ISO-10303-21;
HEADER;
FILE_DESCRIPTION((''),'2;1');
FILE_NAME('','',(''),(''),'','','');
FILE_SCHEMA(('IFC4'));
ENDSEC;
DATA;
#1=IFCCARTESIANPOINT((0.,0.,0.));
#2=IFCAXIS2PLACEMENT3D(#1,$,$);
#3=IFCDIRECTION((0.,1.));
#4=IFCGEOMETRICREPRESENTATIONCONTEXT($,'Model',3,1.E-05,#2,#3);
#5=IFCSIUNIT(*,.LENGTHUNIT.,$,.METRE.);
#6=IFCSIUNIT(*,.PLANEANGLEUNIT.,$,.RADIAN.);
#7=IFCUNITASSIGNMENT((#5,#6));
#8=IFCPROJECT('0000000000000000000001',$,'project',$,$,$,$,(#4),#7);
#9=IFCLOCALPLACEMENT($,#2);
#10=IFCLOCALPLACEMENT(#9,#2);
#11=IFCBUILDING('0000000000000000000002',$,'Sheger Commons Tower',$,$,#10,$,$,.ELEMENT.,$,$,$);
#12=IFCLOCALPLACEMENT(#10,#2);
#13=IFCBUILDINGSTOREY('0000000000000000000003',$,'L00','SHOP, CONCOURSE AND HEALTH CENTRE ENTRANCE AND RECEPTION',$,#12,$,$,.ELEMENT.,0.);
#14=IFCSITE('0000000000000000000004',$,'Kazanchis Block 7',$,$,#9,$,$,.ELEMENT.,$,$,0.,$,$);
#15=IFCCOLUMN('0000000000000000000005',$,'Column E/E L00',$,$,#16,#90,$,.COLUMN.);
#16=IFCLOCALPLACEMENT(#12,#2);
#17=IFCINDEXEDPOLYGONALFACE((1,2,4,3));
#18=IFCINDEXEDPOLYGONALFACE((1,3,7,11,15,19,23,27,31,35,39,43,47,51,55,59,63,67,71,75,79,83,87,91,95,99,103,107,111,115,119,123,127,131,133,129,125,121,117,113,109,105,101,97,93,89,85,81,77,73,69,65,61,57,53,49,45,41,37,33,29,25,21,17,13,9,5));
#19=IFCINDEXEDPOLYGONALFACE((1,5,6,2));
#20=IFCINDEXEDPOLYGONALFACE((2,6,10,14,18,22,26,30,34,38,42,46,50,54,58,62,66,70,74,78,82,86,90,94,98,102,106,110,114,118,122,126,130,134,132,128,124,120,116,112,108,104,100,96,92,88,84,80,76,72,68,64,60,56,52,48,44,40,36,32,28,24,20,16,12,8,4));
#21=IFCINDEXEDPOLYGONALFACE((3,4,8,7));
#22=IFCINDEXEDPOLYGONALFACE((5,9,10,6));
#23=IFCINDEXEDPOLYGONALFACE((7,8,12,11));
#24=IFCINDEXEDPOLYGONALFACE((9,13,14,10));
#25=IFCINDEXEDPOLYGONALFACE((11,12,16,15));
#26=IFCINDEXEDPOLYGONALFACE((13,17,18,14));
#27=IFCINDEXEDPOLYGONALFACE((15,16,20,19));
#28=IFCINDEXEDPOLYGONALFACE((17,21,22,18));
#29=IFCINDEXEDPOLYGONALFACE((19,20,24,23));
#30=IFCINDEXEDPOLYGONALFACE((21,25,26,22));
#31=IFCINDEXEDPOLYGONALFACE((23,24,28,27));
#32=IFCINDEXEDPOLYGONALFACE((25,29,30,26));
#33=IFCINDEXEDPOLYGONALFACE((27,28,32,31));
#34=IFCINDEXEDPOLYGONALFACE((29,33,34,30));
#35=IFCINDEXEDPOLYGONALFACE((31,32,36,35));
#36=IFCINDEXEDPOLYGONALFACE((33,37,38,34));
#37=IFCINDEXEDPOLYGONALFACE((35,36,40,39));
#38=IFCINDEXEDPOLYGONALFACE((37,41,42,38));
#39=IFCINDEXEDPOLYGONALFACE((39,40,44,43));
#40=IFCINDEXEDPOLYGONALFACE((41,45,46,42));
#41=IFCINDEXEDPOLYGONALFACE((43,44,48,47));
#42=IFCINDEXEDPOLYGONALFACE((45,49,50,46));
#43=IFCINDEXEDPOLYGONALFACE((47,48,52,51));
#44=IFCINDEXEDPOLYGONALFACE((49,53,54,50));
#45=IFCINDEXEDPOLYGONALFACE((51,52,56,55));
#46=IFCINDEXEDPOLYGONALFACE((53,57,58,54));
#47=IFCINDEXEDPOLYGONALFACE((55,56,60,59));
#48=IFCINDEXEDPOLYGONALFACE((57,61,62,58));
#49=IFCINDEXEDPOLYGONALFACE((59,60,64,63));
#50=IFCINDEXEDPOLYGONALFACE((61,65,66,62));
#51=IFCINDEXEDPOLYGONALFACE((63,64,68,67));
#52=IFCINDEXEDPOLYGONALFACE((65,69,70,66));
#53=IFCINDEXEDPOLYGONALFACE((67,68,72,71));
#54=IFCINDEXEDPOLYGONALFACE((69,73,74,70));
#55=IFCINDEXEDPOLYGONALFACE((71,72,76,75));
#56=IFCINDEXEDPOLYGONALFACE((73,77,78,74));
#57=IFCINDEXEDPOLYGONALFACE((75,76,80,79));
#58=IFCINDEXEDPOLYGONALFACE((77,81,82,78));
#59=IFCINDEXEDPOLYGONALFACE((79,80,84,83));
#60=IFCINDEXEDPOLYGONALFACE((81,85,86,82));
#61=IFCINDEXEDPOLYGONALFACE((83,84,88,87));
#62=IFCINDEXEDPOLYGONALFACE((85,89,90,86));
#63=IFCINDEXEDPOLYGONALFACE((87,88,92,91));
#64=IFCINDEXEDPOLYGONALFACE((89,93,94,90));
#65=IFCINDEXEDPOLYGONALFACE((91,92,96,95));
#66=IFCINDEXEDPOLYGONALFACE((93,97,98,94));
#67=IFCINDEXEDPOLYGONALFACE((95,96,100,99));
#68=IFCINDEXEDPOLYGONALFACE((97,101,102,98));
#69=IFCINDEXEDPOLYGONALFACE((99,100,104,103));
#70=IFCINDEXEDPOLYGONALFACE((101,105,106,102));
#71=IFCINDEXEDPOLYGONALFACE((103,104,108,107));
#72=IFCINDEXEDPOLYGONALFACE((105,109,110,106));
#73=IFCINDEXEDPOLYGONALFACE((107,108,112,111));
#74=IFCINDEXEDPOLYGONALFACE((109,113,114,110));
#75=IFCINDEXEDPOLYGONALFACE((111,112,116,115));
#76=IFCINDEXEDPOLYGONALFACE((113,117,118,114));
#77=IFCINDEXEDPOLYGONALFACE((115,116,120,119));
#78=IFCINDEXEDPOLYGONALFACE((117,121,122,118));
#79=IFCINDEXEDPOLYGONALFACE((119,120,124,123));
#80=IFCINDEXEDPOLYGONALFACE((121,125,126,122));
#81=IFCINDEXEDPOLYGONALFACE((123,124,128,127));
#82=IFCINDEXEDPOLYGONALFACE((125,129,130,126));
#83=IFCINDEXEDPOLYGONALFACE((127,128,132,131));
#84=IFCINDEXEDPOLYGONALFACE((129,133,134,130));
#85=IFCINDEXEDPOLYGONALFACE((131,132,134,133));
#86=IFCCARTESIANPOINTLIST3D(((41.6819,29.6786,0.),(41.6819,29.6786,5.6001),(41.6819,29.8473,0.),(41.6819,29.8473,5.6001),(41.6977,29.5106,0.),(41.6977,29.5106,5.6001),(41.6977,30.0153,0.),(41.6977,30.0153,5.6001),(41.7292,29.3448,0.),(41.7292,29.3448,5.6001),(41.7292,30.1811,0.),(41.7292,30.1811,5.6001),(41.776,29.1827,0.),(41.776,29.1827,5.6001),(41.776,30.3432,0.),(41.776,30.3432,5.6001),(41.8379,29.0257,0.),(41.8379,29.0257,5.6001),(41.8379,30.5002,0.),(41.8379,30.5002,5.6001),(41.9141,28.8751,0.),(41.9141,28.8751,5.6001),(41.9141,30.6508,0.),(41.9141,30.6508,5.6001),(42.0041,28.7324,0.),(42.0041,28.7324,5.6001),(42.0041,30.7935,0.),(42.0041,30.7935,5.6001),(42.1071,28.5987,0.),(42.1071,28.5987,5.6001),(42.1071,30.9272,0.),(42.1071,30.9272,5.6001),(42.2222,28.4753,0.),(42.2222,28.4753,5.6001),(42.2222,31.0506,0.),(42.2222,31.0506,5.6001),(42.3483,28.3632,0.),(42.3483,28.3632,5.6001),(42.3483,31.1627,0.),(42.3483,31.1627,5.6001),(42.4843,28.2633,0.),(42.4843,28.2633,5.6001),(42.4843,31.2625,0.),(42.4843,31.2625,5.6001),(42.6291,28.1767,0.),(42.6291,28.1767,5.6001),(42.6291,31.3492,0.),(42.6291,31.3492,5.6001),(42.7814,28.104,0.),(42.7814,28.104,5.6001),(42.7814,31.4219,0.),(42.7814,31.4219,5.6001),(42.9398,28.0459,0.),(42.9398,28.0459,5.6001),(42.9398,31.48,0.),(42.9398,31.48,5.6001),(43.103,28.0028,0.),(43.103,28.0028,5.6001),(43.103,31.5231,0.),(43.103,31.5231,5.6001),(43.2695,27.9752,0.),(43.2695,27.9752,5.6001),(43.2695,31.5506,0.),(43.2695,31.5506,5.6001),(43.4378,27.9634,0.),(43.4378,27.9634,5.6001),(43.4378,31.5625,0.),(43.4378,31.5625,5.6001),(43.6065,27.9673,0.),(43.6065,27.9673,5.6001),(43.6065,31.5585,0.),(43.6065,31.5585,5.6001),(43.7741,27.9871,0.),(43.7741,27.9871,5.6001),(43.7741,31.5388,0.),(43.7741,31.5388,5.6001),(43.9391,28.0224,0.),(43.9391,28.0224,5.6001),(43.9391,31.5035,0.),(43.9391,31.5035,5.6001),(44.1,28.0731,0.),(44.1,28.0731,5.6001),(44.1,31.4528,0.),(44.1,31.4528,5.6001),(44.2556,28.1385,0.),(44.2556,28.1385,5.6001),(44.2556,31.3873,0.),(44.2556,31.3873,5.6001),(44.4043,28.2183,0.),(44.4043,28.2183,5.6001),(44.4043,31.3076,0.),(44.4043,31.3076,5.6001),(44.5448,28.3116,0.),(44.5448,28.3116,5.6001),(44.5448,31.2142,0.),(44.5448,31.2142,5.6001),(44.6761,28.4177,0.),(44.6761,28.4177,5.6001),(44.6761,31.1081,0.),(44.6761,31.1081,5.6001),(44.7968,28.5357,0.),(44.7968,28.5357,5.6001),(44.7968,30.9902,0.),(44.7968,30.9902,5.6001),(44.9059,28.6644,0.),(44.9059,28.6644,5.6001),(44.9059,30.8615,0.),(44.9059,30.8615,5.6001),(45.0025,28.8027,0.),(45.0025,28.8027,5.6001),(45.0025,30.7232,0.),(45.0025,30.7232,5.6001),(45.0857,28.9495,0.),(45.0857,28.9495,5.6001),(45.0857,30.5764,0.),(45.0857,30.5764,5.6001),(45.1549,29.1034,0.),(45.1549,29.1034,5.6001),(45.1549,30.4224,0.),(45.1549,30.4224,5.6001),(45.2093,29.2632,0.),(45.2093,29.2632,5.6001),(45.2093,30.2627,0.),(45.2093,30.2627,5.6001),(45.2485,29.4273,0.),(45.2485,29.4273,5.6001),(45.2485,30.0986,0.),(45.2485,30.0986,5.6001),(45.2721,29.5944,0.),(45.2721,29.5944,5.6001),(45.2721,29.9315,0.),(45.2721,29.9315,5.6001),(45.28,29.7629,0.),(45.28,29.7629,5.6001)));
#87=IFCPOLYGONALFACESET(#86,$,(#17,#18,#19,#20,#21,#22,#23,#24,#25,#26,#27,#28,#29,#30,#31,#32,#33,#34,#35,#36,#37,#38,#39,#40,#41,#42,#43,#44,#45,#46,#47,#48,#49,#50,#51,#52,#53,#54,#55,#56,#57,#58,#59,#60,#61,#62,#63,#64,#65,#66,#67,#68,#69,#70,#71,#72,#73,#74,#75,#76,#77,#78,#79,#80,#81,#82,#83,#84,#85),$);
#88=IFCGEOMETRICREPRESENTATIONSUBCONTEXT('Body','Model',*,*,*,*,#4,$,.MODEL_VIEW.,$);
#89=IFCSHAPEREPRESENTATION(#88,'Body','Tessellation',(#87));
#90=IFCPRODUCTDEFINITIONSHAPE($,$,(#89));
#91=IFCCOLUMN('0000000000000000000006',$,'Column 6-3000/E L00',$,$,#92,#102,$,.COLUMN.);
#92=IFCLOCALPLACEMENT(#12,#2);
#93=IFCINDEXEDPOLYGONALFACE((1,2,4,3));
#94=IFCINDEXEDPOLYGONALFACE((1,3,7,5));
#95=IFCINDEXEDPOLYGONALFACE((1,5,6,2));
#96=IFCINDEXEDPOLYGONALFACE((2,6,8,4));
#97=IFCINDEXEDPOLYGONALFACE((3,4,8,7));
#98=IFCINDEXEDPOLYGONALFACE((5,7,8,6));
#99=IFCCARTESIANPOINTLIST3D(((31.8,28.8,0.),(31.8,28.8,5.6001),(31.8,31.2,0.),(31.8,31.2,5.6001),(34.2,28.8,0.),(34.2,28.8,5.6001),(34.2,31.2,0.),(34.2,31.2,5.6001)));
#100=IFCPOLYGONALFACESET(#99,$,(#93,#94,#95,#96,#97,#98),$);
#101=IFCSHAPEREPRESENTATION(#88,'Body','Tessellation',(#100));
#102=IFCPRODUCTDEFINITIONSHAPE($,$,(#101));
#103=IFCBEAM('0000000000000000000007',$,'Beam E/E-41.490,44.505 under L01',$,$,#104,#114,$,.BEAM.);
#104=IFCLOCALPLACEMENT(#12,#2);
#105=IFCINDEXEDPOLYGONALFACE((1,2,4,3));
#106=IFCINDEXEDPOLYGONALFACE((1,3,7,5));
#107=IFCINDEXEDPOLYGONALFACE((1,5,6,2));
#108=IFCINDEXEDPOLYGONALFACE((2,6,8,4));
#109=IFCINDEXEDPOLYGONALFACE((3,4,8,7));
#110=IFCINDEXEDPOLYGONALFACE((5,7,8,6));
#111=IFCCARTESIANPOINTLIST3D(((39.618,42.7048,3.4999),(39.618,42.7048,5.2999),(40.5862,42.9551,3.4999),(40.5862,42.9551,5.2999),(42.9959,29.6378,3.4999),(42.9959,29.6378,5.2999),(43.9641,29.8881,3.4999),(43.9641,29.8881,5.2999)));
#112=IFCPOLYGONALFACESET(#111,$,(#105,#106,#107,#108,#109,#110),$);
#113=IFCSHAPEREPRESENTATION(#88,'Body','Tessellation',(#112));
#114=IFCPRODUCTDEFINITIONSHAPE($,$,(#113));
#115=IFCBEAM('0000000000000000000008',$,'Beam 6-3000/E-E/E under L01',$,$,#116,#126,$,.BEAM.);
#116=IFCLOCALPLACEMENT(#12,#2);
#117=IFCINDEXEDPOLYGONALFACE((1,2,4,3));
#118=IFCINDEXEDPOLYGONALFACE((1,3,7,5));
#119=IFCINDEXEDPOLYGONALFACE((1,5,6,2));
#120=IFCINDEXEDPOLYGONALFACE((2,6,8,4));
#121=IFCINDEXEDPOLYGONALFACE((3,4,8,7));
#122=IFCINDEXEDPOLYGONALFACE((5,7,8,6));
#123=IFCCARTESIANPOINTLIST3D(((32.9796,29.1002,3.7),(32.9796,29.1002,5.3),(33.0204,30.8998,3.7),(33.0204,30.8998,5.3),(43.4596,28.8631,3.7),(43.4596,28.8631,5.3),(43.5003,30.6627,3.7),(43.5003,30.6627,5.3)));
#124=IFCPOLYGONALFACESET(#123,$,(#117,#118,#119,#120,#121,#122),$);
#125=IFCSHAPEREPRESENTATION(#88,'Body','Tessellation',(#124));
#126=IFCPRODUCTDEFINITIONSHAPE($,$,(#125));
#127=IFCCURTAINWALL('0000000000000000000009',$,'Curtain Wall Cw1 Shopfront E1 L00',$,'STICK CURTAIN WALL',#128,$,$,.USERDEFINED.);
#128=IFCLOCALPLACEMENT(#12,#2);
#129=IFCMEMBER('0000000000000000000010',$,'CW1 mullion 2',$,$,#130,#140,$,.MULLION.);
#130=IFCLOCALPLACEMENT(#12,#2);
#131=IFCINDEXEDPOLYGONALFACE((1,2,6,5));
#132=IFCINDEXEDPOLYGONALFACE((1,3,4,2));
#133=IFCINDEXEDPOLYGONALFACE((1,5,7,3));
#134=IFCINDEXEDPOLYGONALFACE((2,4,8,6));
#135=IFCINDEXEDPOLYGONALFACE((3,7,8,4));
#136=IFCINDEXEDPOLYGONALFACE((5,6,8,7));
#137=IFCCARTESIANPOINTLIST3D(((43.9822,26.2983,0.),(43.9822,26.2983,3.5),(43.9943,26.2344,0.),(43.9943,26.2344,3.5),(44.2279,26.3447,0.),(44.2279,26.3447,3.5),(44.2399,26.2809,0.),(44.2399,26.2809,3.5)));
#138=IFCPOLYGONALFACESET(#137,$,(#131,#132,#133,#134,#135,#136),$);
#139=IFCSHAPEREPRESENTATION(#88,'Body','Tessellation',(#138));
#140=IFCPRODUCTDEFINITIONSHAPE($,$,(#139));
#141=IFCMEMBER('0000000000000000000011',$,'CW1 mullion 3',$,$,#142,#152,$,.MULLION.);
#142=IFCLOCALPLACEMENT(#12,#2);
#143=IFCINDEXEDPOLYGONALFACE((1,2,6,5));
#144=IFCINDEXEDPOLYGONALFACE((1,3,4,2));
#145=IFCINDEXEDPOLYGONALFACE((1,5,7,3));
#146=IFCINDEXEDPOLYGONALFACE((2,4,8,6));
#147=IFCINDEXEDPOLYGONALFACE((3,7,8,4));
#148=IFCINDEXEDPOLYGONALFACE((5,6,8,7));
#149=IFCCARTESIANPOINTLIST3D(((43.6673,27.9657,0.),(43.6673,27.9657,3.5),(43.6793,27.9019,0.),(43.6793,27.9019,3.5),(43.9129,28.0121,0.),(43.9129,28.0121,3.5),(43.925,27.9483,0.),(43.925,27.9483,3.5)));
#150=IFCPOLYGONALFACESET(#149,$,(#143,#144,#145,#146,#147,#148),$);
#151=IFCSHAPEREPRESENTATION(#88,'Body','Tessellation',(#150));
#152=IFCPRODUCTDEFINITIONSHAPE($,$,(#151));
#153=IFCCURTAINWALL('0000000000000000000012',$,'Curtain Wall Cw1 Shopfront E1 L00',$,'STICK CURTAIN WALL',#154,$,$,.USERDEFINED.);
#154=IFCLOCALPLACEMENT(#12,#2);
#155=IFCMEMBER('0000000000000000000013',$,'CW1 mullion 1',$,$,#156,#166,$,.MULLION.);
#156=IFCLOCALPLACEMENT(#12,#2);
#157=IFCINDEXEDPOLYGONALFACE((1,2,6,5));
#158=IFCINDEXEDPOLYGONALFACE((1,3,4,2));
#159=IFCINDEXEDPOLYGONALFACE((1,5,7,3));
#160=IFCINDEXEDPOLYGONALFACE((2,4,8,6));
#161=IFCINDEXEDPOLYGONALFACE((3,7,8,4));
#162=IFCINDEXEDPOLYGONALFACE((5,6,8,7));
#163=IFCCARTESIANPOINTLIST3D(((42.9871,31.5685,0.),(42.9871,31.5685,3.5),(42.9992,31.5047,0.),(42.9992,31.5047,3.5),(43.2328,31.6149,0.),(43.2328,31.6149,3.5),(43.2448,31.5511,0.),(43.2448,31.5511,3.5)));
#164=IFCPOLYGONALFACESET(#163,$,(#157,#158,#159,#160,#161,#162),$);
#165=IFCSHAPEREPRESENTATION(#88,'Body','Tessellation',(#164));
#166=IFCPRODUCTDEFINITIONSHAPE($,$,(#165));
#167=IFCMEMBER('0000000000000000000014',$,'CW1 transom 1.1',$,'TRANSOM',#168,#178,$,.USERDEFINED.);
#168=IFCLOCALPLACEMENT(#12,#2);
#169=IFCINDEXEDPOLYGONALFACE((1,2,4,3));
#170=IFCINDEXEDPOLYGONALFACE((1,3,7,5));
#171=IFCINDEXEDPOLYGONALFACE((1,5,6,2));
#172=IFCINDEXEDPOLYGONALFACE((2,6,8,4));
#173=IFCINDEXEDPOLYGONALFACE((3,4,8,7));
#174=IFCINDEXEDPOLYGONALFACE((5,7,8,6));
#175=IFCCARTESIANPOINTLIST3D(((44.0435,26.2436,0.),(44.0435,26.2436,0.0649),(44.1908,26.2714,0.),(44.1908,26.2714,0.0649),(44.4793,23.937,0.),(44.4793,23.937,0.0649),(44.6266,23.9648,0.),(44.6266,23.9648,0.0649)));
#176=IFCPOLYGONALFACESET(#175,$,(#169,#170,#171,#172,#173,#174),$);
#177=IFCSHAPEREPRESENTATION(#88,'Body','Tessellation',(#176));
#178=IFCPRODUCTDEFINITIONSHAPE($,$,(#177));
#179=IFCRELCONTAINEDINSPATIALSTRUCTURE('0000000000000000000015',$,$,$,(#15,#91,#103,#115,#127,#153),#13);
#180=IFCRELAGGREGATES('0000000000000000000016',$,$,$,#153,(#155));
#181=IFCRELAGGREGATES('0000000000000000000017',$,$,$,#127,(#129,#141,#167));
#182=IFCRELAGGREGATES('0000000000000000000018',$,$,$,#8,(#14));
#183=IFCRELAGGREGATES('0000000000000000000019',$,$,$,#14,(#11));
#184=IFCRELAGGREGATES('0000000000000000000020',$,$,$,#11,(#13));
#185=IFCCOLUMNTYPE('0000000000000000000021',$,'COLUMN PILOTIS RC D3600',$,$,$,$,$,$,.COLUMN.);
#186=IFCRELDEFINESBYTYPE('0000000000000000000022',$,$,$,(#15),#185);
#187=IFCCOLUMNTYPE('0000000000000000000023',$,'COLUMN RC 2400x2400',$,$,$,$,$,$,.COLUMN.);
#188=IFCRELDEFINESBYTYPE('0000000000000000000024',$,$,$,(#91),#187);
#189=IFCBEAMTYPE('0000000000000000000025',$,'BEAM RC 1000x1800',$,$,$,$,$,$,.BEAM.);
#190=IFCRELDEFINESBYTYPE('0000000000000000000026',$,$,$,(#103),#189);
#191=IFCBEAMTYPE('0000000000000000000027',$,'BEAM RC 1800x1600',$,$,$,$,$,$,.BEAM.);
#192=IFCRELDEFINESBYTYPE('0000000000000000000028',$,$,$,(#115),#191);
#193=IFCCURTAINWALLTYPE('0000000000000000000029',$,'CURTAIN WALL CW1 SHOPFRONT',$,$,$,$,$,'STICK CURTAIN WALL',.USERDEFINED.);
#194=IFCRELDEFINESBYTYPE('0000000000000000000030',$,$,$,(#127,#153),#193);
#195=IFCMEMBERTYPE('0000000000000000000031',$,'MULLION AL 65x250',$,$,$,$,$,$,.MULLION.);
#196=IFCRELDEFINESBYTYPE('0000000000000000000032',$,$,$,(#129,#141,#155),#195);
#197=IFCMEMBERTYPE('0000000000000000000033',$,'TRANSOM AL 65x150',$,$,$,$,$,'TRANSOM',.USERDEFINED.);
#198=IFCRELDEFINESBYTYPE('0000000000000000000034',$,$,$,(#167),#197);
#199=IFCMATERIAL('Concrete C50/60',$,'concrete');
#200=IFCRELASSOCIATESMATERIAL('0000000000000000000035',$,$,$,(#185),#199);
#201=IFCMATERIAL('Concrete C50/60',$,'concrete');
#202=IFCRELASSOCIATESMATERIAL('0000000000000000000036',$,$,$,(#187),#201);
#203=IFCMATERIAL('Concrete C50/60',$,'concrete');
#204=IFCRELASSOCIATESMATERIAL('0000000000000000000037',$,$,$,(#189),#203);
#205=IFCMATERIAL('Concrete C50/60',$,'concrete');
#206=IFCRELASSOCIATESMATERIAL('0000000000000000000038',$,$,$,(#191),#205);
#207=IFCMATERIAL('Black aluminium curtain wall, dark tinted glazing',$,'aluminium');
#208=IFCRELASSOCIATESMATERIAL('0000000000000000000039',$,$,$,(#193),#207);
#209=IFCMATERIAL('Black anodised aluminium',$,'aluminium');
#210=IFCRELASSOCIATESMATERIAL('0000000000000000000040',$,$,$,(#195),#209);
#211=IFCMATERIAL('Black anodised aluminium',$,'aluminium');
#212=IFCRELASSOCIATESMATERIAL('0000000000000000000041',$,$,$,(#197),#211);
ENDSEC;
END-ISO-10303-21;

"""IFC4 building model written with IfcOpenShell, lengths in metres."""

from ifc_helpers import new_model, si_unit, direction, frame, origin, origin_2d, place, context, subcontext, project, spatial, rectangle, circle, extrude, material, material_profile, profile_set, type_object, element, aggregate, save


model = new_model("IFC4")

# Units and contexts
model_context = context("Model", 3, precision=1e-05, world=origin(), true_north=direction((0.0, 1.0)))
body_context = subcontext(model_context, "Body", "Model", "MODEL_VIEW")
ifc_project = project(units=[si_unit("LENGTHUNIT", "METRE"), si_unit("PLANEANGLEUNIT", "RADIAN")], contexts=[model_context])

# Site, building, storey
site_placement = place(None, origin())
site = spatial("IfcSite", under=ifc_project, at=site_placement, Name="Kazanchis Block 7", CompositionType="ELEMENT", RefElevation=0.0)
building_placement = place(site_placement, origin())
building = spatial("IfcBuilding", under=site, at=building_placement, Name="Sheger Commons Tower", CompositionType="ELEMENT")
storey_placement = place(building_placement, origin())
storey = spatial("IfcBuildingStorey", under=building, at=storey_placement, Name="L00", Description="SHOP, CONCOURSE AND HEALTH CENTRE ENTRANCE AND RECEPTION", CompositionType="ELEMENT", Elevation=0.0)

# Columns
ifc_material_1 = material(Name="Concrete C50/60", Category="concrete")
ifc_material_profile_1 = material_profile(ifc_material_1, circle(Radius=1.8, at=origin_2d()), Name="RC D3600")
ifc_profile_set_1 = profile_set([ifc_material_profile_1], Name="Concrete C50/60")
column_type_1 = type_object("IfcColumnType", Name="COLUMN PILOTIS RC D3600", PredefinedType="COLUMN", material=ifc_profile_set_1)
column_1_placement = place(storey_placement, frame((43.48, 29.7629, 0.0), z_axis=(0.0, 0.0, 1.0), x_axis=(1.0, 0.0, 0.0)))
element("IfcColumn", 1, at=column_1_placement, inside=storey, type_object=column_type_1, Name="Column E/E L00", PredefinedType="COLUMN", context=body_context, shape_type="SweptSolid", body=[
    extrude(circle(Radius=1.8, at=origin_2d()), origin(), (0.0, 0.0, 1.0), 5.6001),
])
ifc_material_2 = material(Name="Concrete C50/60", Category="concrete")
ifc_material_profile_2 = material_profile(ifc_material_2, rectangle(XDim=2.3999, YDim=2.3999, at=origin_2d()), Name="RC 2400x2400")
ifc_profile_set_2 = profile_set([ifc_material_profile_2], Name="Concrete C50/60")
column_type_2 = type_object("IfcColumnType", Name="COLUMN RC 2400x2400", PredefinedType="COLUMN", material=ifc_profile_set_2)
column_2_placement = place(storey_placement, frame((33.0, 30.0, 0.0), z_axis=(0.0, 0.0, 1.0), x_axis=(1.0, 0.0, 0.0)))
element("IfcColumn", 2, at=column_2_placement, inside=storey, type_object=column_type_2, Name="Column 6-3000/E L00", PredefinedType="COLUMN", context=body_context, shape_type="SweptSolid", body=[
    extrude(rectangle(XDim=2.3999, YDim=2.3999, at=origin_2d()), origin(), (0.0, 0.0, 1.0), 5.6001),
])

# Beams
ifc_material_3 = material(Name="Concrete C50/60", Category="concrete")
ifc_material_profile_3 = material_profile(ifc_material_3, rectangle(XDim=1.0, YDim=1.8, at=origin_2d()), Name="RC 1000x1800")
ifc_profile_set_3 = profile_set([ifc_material_profile_3], Name="Concrete C50/60")
beam_type_1 = type_object("IfcBeamType", Name="BEAM RC 1000x1800", PredefinedType="BEAM", material=ifc_profile_set_3)
beam_1_placement = place(storey_placement, frame((43.48, 29.7629, 4.3999), z_axis=(-0.250278, 0.968174, 0.0), x_axis=(-0.968174, -0.250278, 0.0)))
element("IfcBeam", 3, at=beam_1_placement, inside=storey, type_object=beam_type_1, Name="Beam E/E-41.490,44.505 under L01", PredefinedType="BEAM", context=body_context, shape_type="SweptSolid", body=[
    extrude(rectangle(XDim=1.0, YDim=1.8, at=origin_2d()), origin(), (0.0, 0.0, 1.0), 13.4966),
])
ifc_material_4 = material(Name="Concrete C50/60", Category="concrete")
ifc_material_profile_4 = material_profile(ifc_material_4, rectangle(XDim=1.8, YDim=1.6001, at=origin_2d()), Name="RC 1800x1600")
ifc_profile_set_4 = profile_set([ifc_material_profile_4], Name="Concrete C50/60")
beam_type_2 = type_object("IfcBeamType", Name="BEAM RC 1800x1600", PredefinedType="BEAM", material=ifc_profile_set_4)
beam_2_placement = place(storey_placement, frame((33.0, 30.0, 4.5), z_axis=(0.999744, -0.022615, 0.0), x_axis=(0.022615, 0.999744, 0.0)))
element("IfcBeam", 4, at=beam_2_placement, inside=storey, type_object=beam_type_2, Name="Beam 6-3000/E-E/E under L01", PredefinedType="BEAM", context=body_context, shape_type="SweptSolid", body=[
    extrude(rectangle(XDim=1.8, YDim=1.6001, at=origin_2d()), origin(), (0.0, 0.0, 1.0), 10.4827),
])

# Curtain wall, members
ifc_material_5 = material(Name="Black aluminium curtain wall, dark tinted glazing", Category="aluminium")
curtain_wall_type = type_object("IfcCurtainWallType", Name="CURTAIN WALL CW1 SHOPFRONT", ElementType="STICK CURTAIN WALL", PredefinedType="USERDEFINED", material=ifc_material_5)
curtain_wall_1_placement = place(storey_placement, origin())
curtain_wall_1 = element("IfcCurtainWall", 5, at=curtain_wall_1_placement, inside=storey, type_object=curtain_wall_type, Name="Curtain Wall Cw1 Shopfront E1 L00", ObjectType="STICK CURTAIN WALL", PredefinedType="USERDEFINED")
ifc_material_6 = material(Name="Black anodised aluminium", Category="aluminium")
ifc_material_profile_5 = material_profile(ifc_material_6, rectangle(XDim=0.25, YDim=0.0649, at=origin_2d()), Name="AL 65x250")
ifc_profile_set_5 = profile_set([ifc_material_profile_5], Name="Black anodised aluminium")
member_type_1 = type_object("IfcMemberType", Name="MULLION AL 65x250", PredefinedType="MULLION", material=ifc_profile_set_5)
member_1_placement = place(storey_placement, frame((44.1111, 26.2896, 0.0), z_axis=(0.0, 0.0, 1.0), x_axis=(-0.982616, -0.185648, 0.0)))
member_1 = element("IfcMember", 6, at=member_1_placement, type_object=member_type_1, Name="CW1 mullion 2", PredefinedType="MULLION", context=body_context, shape_type="SweptSolid", body=[
    extrude(rectangle(XDim=0.25, YDim=0.0649, at=origin_2d()), origin(), (0.0, 0.0, 1.0), 3.5),
])
member_2_placement = place(storey_placement, frame((43.7961, 27.957, 0.0), z_axis=(0.0, 0.0, 1.0), x_axis=(-0.982616, -0.185648, 0.0)))
member_2 = element("IfcMember", 7, at=member_2_placement, type_object=member_type_1, Name="CW1 mullion 3", PredefinedType="MULLION", context=body_context, shape_type="SweptSolid", body=[
    extrude(rectangle(XDim=0.25, YDim=0.0649, at=origin_2d()), origin(), (0.0, 0.0, 1.0), 3.5),
])

# Curtain wall, member
curtain_wall_2_placement = place(storey_placement, origin())
curtain_wall_2 = element("IfcCurtainWall", 8, at=curtain_wall_2_placement, inside=storey, type_object=curtain_wall_type, Name="Curtain Wall Cw1 Shopfront E1 L00", ObjectType="STICK CURTAIN WALL", PredefinedType="USERDEFINED")
member_3_placement = place(storey_placement, frame((43.116, 31.5598, 0.0), z_axis=(0.0, 0.0, 1.0), x_axis=(-0.982612, -0.18567, 0.0)))
member_3 = element("IfcMember", 9, at=member_3_placement, type_object=member_type_1, Name="CW1 mullion 1", PredefinedType="MULLION", context=body_context, shape_type="SweptSolid", body=[
    extrude(rectangle(XDim=0.25, YDim=0.0649, at=origin_2d()), origin(), (0.0, 0.0, 1.0), 3.5),
])

# Member
ifc_material_7 = material(Name="Black anodised aluminium", Category="aluminium")
ifc_material_profile_6 = material_profile(ifc_material_7, rectangle(XDim=0.1499, YDim=0.0649, at=origin_2d()), Name="AL 65x150")
ifc_profile_set_6 = profile_set([ifc_material_profile_6], Name="Black anodised aluminium")
member_type_2 = type_object("IfcMemberType", Name="TRANSOM AL 65x150", ElementType="TRANSOM", PredefinedType="USERDEFINED", material=ifc_profile_set_6)
member_4_placement = place(storey_placement, frame((44.553, 23.9509, 0.0325), z_axis=(-0.185645, 0.982617, 0.0), x_axis=(-0.982617, -0.185645, 0.0)))
member_4 = element("IfcMember", 10, at=member_4_placement, type_object=member_type_2, Name="CW1 transom 1.1", ObjectType="TRANSOM", PredefinedType="USERDEFINED", context=body_context, shape_type="SweptSolid", body=[
    extrude(rectangle(XDim=0.1499, YDim=0.0649, at=origin_2d()), origin(), (0.0, 0.0, 1.0), 2.3474),
])
aggregate(curtain_wall_2, [member_3])

aggregate(curtain_wall_1, [member_1, member_2, member_4])

save(model, "model.ifc")
